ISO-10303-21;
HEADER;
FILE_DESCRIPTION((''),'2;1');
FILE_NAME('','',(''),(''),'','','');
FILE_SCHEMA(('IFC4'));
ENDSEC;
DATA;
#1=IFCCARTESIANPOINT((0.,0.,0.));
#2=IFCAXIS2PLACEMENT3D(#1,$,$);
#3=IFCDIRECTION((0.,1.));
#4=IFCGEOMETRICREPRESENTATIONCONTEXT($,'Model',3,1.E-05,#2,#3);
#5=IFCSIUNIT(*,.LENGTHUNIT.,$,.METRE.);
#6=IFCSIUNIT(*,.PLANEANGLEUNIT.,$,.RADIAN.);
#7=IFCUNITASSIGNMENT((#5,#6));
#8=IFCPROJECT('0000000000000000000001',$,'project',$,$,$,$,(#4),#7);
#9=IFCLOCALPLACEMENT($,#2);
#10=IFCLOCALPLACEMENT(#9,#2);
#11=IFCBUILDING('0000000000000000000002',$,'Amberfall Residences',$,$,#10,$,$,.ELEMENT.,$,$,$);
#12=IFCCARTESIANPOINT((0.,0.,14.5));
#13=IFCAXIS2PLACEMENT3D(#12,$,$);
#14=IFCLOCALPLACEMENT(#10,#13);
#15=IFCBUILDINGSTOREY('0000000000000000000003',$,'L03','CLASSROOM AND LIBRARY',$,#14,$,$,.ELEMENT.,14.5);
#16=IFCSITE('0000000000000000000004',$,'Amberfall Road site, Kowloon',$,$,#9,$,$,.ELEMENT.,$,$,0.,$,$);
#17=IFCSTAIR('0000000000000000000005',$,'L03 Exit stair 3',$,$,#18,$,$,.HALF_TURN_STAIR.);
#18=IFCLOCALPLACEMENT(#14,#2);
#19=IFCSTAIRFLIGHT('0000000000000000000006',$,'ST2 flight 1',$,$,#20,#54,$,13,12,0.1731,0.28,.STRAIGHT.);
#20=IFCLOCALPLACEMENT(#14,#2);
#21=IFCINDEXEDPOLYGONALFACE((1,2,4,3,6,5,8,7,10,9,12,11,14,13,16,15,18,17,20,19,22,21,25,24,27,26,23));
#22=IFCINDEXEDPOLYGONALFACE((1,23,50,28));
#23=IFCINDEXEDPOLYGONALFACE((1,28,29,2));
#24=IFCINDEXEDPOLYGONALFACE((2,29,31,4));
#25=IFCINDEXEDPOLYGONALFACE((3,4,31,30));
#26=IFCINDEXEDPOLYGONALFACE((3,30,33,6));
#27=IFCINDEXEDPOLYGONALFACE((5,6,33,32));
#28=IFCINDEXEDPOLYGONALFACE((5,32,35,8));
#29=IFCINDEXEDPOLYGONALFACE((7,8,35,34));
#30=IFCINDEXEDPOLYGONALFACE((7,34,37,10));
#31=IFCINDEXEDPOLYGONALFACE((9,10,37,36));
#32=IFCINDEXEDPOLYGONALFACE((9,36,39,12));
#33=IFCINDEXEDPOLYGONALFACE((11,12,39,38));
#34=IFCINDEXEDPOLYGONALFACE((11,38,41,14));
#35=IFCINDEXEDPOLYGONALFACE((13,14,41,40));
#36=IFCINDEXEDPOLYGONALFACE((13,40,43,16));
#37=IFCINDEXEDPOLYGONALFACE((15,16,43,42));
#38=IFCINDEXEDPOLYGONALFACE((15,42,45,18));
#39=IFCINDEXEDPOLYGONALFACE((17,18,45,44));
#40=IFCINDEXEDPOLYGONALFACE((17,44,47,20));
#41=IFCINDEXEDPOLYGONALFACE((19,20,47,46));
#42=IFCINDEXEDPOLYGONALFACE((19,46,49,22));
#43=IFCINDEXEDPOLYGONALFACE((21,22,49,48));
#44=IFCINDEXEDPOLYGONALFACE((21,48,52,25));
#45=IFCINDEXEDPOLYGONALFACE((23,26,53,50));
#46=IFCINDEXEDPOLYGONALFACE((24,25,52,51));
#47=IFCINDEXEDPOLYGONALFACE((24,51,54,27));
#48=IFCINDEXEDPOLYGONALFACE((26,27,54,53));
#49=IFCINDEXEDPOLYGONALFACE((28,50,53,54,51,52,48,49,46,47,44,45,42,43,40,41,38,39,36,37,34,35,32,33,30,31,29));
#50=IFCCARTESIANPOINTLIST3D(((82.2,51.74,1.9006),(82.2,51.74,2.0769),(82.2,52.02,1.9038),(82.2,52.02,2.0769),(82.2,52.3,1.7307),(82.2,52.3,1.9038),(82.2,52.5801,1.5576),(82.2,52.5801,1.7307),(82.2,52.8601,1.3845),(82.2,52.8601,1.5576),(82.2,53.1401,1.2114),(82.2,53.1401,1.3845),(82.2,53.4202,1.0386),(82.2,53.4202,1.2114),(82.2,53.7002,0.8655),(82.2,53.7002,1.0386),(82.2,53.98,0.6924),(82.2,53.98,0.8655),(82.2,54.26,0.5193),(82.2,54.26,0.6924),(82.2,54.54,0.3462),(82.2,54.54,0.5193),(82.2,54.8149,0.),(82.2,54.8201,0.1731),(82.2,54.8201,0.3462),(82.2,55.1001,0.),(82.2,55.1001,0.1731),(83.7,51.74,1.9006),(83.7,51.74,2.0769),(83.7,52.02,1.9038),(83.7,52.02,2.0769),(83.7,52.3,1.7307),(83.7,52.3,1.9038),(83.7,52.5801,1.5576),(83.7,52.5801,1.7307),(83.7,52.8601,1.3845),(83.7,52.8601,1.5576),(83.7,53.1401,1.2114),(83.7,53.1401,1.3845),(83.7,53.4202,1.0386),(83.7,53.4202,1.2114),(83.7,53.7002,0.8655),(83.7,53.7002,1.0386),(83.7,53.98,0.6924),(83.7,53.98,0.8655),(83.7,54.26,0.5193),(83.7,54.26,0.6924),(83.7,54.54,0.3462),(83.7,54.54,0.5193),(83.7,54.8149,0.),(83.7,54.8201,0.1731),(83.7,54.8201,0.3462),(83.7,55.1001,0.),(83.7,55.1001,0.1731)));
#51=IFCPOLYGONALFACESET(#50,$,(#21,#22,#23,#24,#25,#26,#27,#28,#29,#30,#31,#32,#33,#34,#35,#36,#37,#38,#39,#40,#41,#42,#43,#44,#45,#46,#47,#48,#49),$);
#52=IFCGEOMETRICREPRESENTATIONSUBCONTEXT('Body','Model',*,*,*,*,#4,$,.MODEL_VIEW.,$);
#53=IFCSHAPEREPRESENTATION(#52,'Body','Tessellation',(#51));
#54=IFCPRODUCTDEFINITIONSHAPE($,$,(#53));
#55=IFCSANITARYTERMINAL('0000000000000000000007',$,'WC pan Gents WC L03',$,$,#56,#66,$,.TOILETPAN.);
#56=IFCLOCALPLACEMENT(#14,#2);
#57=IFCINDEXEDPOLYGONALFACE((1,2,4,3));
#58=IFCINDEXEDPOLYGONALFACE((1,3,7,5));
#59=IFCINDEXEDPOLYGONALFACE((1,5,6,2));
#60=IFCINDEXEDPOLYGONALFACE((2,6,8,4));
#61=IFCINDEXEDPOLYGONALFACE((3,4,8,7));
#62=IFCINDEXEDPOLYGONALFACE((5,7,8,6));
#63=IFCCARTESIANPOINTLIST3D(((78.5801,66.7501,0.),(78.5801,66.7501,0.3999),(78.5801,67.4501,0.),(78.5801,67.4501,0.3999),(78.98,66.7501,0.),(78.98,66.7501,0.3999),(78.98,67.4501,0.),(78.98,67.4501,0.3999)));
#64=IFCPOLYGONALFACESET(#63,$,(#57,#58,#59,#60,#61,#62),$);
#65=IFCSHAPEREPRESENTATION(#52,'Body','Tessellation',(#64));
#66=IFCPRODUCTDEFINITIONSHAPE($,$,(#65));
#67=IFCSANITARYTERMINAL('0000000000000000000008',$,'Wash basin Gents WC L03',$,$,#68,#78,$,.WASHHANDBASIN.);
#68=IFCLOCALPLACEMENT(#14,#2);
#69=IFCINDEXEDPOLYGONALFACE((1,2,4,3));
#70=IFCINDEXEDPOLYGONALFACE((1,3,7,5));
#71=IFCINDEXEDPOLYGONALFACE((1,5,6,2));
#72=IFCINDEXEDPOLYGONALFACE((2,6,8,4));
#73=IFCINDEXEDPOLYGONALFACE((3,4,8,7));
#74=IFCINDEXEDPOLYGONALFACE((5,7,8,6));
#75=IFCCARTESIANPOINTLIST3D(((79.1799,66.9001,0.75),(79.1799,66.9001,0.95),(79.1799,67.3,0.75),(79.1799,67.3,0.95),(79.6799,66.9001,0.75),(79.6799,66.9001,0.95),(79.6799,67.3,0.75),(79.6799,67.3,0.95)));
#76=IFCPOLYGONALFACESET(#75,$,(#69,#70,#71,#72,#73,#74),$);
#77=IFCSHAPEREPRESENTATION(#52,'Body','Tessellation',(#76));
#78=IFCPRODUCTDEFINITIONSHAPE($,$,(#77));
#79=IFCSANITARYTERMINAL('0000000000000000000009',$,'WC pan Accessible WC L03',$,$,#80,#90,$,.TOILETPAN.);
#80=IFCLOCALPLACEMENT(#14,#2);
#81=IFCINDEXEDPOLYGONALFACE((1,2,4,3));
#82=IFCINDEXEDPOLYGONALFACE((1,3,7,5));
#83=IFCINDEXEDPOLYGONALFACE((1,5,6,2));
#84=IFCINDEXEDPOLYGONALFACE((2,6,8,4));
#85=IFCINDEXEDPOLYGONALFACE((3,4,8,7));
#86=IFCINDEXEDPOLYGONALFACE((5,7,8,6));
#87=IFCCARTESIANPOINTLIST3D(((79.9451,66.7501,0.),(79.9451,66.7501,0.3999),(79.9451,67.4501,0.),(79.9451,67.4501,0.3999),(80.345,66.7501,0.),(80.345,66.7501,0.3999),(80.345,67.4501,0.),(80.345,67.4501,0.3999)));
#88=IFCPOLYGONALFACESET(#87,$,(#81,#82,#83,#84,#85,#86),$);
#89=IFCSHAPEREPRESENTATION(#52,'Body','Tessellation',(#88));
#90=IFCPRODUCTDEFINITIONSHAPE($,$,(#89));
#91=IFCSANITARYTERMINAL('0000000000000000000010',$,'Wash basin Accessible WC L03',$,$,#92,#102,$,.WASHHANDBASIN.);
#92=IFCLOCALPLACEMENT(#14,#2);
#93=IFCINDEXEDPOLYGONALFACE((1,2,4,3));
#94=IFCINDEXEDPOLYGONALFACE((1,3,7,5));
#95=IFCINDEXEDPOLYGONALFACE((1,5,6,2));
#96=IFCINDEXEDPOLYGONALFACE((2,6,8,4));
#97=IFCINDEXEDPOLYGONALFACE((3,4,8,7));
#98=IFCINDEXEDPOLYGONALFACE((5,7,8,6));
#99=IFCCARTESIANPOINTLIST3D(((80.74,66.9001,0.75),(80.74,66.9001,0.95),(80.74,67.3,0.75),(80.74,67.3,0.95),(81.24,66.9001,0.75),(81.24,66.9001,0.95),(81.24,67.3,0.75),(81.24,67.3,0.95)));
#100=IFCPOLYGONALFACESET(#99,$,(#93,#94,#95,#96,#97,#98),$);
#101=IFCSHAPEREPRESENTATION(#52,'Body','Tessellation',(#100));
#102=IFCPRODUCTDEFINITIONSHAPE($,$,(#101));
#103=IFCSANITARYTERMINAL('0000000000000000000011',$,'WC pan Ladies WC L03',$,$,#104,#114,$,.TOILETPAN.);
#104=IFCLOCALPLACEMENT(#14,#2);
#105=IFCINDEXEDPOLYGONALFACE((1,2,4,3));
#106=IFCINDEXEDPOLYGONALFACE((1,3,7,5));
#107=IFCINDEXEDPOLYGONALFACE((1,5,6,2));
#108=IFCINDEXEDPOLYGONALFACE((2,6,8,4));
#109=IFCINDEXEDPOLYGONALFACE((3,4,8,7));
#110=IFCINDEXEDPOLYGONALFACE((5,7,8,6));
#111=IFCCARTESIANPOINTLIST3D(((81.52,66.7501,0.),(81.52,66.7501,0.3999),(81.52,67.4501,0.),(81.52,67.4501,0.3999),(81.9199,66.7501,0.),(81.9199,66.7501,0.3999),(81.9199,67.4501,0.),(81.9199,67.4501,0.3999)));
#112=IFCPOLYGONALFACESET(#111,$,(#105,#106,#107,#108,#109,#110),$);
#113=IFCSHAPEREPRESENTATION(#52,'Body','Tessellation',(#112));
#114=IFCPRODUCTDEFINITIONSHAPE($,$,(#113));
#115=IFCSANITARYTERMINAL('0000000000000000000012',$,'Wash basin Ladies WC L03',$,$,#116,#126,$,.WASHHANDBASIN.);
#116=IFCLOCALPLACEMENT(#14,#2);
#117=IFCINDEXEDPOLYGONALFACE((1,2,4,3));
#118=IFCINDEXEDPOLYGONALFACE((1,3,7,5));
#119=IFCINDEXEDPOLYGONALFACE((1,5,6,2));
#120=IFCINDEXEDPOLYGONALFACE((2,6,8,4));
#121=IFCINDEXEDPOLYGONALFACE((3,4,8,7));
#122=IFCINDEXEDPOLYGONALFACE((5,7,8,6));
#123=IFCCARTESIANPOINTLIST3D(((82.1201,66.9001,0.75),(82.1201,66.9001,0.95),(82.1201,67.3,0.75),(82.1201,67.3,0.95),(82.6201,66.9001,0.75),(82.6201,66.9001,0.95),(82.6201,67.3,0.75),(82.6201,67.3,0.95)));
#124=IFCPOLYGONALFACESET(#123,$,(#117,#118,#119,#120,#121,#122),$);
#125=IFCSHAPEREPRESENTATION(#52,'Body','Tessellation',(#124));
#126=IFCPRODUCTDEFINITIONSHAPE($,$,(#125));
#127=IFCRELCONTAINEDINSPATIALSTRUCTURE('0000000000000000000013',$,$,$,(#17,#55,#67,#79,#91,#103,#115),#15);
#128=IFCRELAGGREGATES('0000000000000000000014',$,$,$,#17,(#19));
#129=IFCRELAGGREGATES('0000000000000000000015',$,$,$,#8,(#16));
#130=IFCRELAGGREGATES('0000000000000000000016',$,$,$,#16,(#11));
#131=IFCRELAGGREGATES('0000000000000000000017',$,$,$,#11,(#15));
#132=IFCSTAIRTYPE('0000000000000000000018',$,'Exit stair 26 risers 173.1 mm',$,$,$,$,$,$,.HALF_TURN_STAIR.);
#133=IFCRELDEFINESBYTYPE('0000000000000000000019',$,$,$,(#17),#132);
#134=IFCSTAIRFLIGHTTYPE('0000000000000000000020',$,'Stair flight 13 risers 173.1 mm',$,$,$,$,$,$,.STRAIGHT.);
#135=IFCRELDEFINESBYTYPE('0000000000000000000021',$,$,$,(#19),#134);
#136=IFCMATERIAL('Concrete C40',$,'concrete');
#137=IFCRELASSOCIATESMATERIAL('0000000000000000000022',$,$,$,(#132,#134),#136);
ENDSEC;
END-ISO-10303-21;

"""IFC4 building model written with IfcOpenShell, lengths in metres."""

from ifc_helpers import new_model, si_unit, direction, frame, origin, origin_2d, place, context, subcontext, project, spatial, polyline, rectangle, outline, extrude, material, type_object, element, aggregate, save


model = new_model("IFC4")

# Units and contexts
model_context = context("Model", 3, precision=1e-05, world=origin(), true_north=direction((0.0, 1.0)))
body_context = subcontext(model_context, "Body", "Model", "MODEL_VIEW")
ifc_project = project(units=[si_unit("LENGTHUNIT", "METRE"), si_unit("PLANEANGLEUNIT", "RADIAN")], contexts=[model_context])

# Site, building, storey
site_placement = place(None, origin())
site = spatial("IfcSite", under=ifc_project, at=site_placement, Name="Amberfall Road site, Kowloon", CompositionType="ELEMENT", RefElevation=0.0)
building_placement = place(site_placement, origin())
building = spatial("IfcBuilding", under=site, at=building_placement, Name="Amberfall Residences", CompositionType="ELEMENT")
storey_placement = place(building_placement, frame((0.0, 0.0, 14.5)))
storey = spatial("IfcBuildingStorey", under=building, at=storey_placement, Name="L03", Description="CLASSROOM AND LIBRARY", CompositionType="ELEMENT", Elevation=14.5)

# Stair, stair flight
ifc_material_1 = material(Name="Concrete C40", Category="concrete")
stair_type = type_object("IfcStairType", Name="Exit stair 26 risers 173.1 mm", PredefinedType="HALF_TURN_STAIR", material=ifc_material_1)
stair_placement = place(storey_placement, origin())
stair = element("IfcStair", 1, at=stair_placement, inside=storey, type_object=stair_type, Name="L03 Exit stair 3", PredefinedType="HALF_TURN_STAIR")
stair_flight_type = type_object("IfcStairFlightType", Name="Stair flight 13 risers 173.1 mm", PredefinedType="STRAIGHT", material=ifc_material_1)
stair_flight_placement = place(storey_placement, frame((82.95, 55.1001, 0.0), z_axis=(0.0, 0.0, 1.0), x_axis=(0.0, -1.0, 0.0)))
stair_flight = element("IfcStairFlight", 2, at=stair_flight_placement, type_object=stair_flight_type, Name="ST2 flight 1", NumberOfRisers=13, NumberOfTreads=12, PredefinedType="STRAIGHT", RiserHeight=0.1731, TreadLength=0.28, context=body_context, shape_type="SweptSolid", body=[
    extrude(outline(polyline([(0.0, 0.0), (0.0, 0.1731), (0.28, 0.1731), (0.28, 0.3462), (0.5601, 0.3462), (0.5601, 0.5193), (0.8401, 0.5193), (0.8401, 0.6924), (1.1201, 0.6924), (1.1201, 0.8655), (1.3999, 0.8655), (1.3999, 1.0386), (1.6799, 1.0386), (1.6799, 1.2114), (1.96, 1.2114), (1.96, 1.3845), (2.24, 1.3845), (2.24, 1.5576), (2.52, 1.5576), (2.52, 1.7307), (2.8, 1.7307), (2.8, 1.9038), (3.0801, 1.9038), (3.0801, 2.0769), (3.3601, 2.0769), (3.3601, 2.25), (3.3601, 1.9006), (0.2852, 0.0), (0.0, 0.0)])), frame((0.0, 0.75, 0.0), z_axis=(0.0, -1.0, 0.0), x_axis=(1.0, 0.0, 0.0)), (0.0, 0.0, 1.0), 1.5),
])
aggregate(stair, [stair_flight])

# Sanitary terminals
sanitary_terminal_1_placement = place(storey_placement, frame((78.78, 67.1001, 0.0), z_axis=(0.0, 0.0, 1.0), x_axis=(1.0, 0.0, 0.0)))
element("IfcSanitaryTerminal", 3, at=sanitary_terminal_1_placement, inside=storey, Name="WC pan Gents WC L03", PredefinedType="TOILETPAN", context=body_context, shape_type="SweptSolid", body=[
    extrude(rectangle(XDim=0.3999, YDim=0.7, at=origin_2d()), origin(), (0.0, 0.0, 1.0), 0.3999),
])
sanitary_terminal_2_placement = place(storey_placement, frame((79.4299, 67.1001, 0.75), z_axis=(0.0, 0.0, 1.0), x_axis=(1.0, 0.0, 0.0)))
element("IfcSanitaryTerminal", 4, at=sanitary_terminal_2_placement, inside=storey, Name="Wash basin Gents WC L03", PredefinedType="WASHHANDBASIN", context=body_context, shape_type="SweptSolid", body=[
    extrude(rectangle(XDim=0.5, YDim=0.3999, at=origin_2d()), origin(), (0.0, 0.0, 1.0), 0.2),
])
sanitary_terminal_3_placement = place(storey_placement, frame((80.145, 67.1001, 0.0), z_axis=(0.0, 0.0, 1.0), x_axis=(1.0, 0.0, 0.0)))
element("IfcSanitaryTerminal", 5, at=sanitary_terminal_3_placement, inside=storey, Name="WC pan Accessible WC L03", PredefinedType="TOILETPAN", context=body_context, shape_type="SweptSolid", body=[
    extrude(rectangle(XDim=0.3999, YDim=0.7, at=origin_2d()), origin(), (0.0, 0.0, 1.0), 0.3999),
])
sanitary_terminal_4_placement = place(storey_placement, frame((80.99, 67.1001, 0.75), z_axis=(0.0, 0.0, 1.0), x_axis=(1.0, 0.0, 0.0)))
element("IfcSanitaryTerminal", 6, at=sanitary_terminal_4_placement, inside=storey, Name="Wash basin Accessible WC L03", PredefinedType="WASHHANDBASIN", context=body_context, shape_type="SweptSolid", body=[
    extrude(rectangle(XDim=0.5, YDim=0.3999, at=origin_2d()), origin(), (0.0, 0.0, 1.0), 0.2),
])
sanitary_terminal_5_placement = place(storey_placement, frame((81.72, 67.1001, 0.0), z_axis=(0.0, 0.0, 1.0), x_axis=(1.0, 0.0, 0.0)))
element("IfcSanitaryTerminal", 7, at=sanitary_terminal_5_placement, inside=storey, Name="WC pan Ladies WC L03", PredefinedType="TOILETPAN", context=body_context, shape_type="SweptSolid", body=[
    extrude(rectangle(XDim=0.3999, YDim=0.7, at=origin_2d()), origin(), (0.0, 0.0, 1.0), 0.3999),
])
sanitary_terminal_6_placement = place(storey_placement, frame((82.3701, 67.1001, 0.75), z_axis=(0.0, 0.0, 1.0), x_axis=(1.0, 0.0, 0.0)))
element("IfcSanitaryTerminal", 8, at=sanitary_terminal_6_placement, inside=storey, Name="Wash basin Ladies WC L03", PredefinedType="WASHHANDBASIN", context=body_context, shape_type="SweptSolid", body=[
    extrude(rectangle(XDim=0.5, YDim=0.3999, at=origin_2d()), origin(), (0.0, 0.0, 1.0), 0.2),
])

save(model, "model.ifc")
